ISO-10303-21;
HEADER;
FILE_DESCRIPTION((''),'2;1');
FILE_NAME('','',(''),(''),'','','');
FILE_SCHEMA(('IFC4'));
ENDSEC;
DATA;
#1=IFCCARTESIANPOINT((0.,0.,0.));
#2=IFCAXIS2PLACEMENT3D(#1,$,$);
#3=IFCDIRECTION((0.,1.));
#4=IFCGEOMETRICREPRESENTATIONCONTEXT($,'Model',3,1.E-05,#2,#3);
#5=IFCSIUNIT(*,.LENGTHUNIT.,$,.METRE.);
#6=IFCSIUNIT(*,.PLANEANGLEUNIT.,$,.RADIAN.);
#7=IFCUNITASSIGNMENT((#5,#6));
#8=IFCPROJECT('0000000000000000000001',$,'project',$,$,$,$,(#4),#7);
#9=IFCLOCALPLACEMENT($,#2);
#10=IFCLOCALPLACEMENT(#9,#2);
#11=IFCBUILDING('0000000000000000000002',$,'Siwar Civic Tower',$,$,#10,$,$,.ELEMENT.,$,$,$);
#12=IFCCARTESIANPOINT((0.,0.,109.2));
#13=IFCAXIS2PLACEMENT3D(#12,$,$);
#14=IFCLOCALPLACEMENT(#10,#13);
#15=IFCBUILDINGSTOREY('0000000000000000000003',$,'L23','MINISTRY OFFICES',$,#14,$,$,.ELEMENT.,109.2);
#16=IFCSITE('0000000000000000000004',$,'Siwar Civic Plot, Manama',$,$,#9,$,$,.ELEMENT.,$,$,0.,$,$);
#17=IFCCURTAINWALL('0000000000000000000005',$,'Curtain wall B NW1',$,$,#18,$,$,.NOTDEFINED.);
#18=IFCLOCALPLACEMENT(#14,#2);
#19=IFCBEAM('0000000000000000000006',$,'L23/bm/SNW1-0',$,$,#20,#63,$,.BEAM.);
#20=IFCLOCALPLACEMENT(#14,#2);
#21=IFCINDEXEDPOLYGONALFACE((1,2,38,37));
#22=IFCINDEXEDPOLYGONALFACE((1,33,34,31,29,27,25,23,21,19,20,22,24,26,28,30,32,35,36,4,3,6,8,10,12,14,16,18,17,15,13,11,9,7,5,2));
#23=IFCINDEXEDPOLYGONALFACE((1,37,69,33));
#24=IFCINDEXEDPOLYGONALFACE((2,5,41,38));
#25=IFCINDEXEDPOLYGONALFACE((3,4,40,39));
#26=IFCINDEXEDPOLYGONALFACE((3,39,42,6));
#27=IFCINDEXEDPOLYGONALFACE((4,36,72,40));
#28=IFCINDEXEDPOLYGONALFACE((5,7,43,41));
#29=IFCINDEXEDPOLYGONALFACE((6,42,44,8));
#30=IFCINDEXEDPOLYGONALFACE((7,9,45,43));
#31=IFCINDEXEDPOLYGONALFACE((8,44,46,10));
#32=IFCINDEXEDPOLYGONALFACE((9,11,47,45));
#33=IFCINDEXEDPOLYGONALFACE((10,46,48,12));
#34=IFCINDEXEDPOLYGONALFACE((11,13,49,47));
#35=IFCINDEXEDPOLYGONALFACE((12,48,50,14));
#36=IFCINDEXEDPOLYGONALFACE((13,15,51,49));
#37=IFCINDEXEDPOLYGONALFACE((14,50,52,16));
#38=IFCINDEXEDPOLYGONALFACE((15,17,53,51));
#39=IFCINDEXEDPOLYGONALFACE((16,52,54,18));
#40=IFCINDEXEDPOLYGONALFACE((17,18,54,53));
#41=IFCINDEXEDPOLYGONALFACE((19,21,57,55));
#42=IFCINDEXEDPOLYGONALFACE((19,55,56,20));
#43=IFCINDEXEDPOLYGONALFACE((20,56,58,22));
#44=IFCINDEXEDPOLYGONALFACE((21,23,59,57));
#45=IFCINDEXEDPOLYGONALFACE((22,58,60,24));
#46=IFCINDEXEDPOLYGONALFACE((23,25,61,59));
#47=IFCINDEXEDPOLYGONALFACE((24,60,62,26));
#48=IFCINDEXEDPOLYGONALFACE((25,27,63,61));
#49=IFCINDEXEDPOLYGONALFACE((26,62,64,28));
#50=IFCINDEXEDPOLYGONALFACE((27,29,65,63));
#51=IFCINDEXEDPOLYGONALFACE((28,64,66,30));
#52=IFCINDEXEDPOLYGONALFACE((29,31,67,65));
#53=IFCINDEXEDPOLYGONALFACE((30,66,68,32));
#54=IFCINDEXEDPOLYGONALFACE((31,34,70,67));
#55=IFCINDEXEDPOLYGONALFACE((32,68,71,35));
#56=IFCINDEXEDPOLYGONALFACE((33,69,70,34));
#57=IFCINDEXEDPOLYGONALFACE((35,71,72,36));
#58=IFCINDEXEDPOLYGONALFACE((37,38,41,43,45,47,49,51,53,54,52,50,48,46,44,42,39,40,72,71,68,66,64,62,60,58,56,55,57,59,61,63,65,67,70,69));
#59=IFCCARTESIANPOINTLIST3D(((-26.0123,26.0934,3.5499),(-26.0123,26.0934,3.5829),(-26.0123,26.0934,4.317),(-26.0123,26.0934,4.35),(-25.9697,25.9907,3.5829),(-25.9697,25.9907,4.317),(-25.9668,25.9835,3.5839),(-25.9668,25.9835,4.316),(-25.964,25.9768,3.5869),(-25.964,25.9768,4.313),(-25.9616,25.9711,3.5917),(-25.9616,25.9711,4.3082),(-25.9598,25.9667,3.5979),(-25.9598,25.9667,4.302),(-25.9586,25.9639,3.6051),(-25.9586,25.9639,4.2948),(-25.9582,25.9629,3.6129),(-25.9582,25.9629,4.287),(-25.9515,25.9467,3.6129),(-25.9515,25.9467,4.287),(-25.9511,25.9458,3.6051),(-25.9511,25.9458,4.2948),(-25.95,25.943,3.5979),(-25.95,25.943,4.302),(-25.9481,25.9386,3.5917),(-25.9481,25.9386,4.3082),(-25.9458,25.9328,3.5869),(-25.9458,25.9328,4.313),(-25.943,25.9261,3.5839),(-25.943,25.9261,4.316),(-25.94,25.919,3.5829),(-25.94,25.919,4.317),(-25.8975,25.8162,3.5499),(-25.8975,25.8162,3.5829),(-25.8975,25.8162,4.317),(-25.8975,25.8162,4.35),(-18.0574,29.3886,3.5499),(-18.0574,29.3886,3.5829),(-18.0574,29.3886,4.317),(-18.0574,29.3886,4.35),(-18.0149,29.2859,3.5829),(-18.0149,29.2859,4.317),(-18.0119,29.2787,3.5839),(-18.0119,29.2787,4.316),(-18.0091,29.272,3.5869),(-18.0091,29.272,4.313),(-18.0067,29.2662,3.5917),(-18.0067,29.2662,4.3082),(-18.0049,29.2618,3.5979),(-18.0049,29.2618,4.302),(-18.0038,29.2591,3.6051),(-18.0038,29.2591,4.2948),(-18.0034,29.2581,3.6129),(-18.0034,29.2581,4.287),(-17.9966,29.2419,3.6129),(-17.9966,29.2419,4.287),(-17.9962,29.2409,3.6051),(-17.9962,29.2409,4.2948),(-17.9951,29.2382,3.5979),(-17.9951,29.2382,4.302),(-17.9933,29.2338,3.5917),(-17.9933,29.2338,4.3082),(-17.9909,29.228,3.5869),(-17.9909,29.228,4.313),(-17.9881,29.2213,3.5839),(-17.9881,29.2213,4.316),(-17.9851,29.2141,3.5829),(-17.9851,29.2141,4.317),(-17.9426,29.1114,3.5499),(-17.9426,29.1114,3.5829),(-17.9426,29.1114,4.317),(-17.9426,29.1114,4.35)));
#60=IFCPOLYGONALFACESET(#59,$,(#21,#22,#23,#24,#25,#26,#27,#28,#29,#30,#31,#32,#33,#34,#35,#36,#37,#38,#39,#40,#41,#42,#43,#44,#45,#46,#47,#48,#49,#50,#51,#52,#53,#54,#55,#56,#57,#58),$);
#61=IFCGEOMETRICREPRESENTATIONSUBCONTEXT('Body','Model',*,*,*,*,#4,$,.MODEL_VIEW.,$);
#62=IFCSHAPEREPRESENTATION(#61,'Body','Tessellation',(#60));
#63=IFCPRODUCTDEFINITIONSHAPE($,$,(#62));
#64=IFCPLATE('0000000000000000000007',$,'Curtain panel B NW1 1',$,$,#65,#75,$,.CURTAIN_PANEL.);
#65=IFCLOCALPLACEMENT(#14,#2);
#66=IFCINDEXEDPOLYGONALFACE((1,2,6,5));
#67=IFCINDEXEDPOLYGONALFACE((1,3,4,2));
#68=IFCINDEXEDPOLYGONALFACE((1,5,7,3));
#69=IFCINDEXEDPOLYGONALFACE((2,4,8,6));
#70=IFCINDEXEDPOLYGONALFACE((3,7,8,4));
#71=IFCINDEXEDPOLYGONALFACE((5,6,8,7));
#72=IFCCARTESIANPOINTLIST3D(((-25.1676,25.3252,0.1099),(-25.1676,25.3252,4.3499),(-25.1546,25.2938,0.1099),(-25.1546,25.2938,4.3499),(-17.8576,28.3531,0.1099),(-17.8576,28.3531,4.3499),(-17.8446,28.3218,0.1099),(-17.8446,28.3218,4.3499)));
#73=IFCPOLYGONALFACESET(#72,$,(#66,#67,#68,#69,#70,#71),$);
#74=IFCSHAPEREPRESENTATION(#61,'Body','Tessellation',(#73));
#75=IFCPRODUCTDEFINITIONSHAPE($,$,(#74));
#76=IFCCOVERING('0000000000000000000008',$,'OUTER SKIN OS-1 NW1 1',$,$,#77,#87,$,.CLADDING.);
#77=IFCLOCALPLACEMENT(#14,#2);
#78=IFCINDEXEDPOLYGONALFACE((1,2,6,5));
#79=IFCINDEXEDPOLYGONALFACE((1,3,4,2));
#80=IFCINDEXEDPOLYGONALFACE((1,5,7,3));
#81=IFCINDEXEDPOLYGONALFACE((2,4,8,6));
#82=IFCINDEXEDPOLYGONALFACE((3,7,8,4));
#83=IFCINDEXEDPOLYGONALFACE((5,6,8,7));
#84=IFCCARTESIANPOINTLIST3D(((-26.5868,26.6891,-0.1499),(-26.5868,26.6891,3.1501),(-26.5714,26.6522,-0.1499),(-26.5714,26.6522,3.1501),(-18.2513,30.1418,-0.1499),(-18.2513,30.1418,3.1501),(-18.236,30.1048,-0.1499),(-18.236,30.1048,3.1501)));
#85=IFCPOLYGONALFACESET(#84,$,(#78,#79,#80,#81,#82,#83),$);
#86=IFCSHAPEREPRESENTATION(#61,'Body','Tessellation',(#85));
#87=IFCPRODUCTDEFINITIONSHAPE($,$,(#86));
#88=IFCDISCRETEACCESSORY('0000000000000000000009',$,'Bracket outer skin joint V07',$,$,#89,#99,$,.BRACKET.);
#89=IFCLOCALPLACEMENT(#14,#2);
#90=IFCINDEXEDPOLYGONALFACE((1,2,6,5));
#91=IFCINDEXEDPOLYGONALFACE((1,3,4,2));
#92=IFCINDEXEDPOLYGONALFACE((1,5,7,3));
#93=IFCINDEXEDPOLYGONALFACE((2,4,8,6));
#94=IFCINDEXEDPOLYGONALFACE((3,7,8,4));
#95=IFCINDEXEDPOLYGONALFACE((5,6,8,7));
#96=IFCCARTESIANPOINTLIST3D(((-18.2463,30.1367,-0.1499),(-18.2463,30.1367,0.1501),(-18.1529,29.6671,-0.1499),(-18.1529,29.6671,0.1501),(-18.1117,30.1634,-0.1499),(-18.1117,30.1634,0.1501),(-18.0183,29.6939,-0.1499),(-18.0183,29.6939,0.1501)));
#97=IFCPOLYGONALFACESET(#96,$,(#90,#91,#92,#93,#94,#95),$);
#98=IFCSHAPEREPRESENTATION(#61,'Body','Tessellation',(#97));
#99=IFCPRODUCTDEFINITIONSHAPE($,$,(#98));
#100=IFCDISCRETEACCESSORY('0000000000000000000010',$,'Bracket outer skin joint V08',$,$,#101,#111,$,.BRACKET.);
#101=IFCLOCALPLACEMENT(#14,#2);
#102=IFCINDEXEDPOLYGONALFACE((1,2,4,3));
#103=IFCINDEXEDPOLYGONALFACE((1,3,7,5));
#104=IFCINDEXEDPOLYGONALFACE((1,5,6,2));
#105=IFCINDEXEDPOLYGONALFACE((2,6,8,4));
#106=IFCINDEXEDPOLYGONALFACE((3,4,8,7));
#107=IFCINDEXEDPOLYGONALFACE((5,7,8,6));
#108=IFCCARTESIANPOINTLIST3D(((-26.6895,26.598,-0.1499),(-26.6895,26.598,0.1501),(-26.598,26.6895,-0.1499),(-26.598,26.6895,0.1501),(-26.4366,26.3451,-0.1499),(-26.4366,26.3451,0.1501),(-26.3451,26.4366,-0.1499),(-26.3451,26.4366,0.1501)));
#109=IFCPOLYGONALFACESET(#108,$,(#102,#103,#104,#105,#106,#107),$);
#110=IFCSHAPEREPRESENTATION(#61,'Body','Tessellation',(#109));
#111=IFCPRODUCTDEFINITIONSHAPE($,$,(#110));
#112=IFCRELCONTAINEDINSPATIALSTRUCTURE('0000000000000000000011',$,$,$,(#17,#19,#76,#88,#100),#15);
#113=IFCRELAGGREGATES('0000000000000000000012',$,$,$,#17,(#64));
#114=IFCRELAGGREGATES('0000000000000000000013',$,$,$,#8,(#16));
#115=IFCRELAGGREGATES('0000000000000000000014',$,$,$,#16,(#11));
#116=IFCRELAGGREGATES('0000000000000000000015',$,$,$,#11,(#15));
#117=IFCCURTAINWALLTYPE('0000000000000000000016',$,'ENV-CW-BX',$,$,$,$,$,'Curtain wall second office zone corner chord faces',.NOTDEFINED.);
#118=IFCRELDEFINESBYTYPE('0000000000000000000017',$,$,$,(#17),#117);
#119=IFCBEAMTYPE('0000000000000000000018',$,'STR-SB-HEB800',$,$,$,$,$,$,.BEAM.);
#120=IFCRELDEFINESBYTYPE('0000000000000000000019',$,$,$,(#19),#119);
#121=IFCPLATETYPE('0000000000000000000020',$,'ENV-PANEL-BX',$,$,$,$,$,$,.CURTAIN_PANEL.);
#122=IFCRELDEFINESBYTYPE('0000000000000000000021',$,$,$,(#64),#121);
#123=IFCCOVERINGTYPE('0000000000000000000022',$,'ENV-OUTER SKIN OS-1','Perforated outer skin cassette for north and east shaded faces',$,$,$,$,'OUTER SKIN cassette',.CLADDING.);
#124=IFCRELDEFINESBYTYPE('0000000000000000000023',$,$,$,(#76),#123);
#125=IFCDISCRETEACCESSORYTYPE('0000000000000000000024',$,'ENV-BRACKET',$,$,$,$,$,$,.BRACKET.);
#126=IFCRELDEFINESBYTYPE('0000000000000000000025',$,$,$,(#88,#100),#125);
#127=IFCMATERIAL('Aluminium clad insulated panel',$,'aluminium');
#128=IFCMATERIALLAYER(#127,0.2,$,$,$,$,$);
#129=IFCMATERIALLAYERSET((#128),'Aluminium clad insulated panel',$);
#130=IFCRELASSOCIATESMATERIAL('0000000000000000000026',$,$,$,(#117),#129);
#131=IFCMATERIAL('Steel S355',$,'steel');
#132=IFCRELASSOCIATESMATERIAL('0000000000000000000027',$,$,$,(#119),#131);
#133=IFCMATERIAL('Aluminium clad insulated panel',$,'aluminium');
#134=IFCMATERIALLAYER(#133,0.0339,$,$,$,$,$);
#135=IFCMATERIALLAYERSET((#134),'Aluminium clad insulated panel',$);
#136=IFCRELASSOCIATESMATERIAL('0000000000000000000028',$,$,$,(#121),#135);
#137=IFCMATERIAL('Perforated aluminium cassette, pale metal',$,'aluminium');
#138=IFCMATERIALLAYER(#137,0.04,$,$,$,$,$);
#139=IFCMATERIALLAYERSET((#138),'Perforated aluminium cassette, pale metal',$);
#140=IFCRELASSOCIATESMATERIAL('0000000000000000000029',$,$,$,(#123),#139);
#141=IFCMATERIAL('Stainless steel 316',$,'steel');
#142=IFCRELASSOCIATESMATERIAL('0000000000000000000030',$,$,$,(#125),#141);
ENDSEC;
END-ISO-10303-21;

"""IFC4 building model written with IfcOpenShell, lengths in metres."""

from ifc_helpers import new_model, si_unit, direction, frame, origin, origin_2d, place, context, subcontext, project, spatial, rectangle, i_section, extrude, material, layer, layer_set, material_profile, profile_set, type_object, element, aggregate, save


model = new_model("IFC4")

# Units and contexts
model_context = context("Model", 3, precision=1e-05, world=origin(), true_north=direction((0.0, 1.0)))
body_context = subcontext(model_context, "Body", "Model", "MODEL_VIEW")
ifc_project = project(units=[si_unit("LENGTHUNIT", "METRE"), si_unit("PLANEANGLEUNIT", "RADIAN")], contexts=[model_context])

# Site, building, storey
site_placement = place(None, origin())
site = spatial("IfcSite", under=ifc_project, at=site_placement, Name="Siwar Civic Plot, Manama", CompositionType="ELEMENT", RefElevation=0.0)
building_placement = place(site_placement, origin())
building = spatial("IfcBuilding", under=site, at=building_placement, Name="Siwar Civic Tower", CompositionType="ELEMENT")
storey_placement = place(building_placement, frame((0.0, 0.0, 109.2)))
storey = spatial("IfcBuildingStorey", under=building, at=storey_placement, Name="L23", Description="MINISTRY OFFICES", CompositionType="ELEMENT", Elevation=109.2)

# Curtain wall
ifc_material_1 = material(Name="Aluminium clad insulated panel", Category="aluminium")
ifc_layer_1 = layer(ifc_material_1, 0.2)
ifc_layer_set_1 = layer_set([ifc_layer_1], Name="Aluminium clad insulated panel")
curtain_wall_type = type_object("IfcCurtainWallType", Name="ENV-CW-BX", ElementType="Curtain wall second office zone corner chord faces", PredefinedType="NOTDEFINED", material=ifc_layer_set_1)
curtain_wall_placement = place(storey_placement, origin())
curtain_wall = element("IfcCurtainWall", 1, at=curtain_wall_placement, inside=storey, type_object=curtain_wall_type, Name="Curtain wall B NW1", PredefinedType="NOTDEFINED")

# Beam
ifc_material_2 = material(Name="Steel S355", Category="steel")
ifc_material_profile_1 = material_profile(ifc_material_2, i_section(OverallWidth=0.3, OverallDepth=0.8, WebThickness=0.0176, FlangeThickness=0.033, FilletRadius=0.03, at=origin_2d()), Name="HEB800")
ifc_profile_set_1 = profile_set([ifc_material_profile_1], Name="Steel S355")
beam_type_1 = type_object("IfcBeamType", Name="STR-SB-HEB800", PredefinedType="BEAM", material=ifc_profile_set_1)
beam_1_placement = place(storey_placement, frame((-18.0, 29.25, 3.95), z_axis=(-0.923873, -0.3827, 0.0), x_axis=(0.3827, -0.923873, 0.0)))
element("IfcBeam", 2, at=beam_1_placement, inside=storey, type_object=beam_type_1, Name="L23/bm/SNW1-0", PredefinedType="BEAM", context=body_context, shape_type="SweptSolid", body=[
    extrude(i_section(OverallWidth=0.3, OverallDepth=0.8, WebThickness=0.0176, FlangeThickness=0.033, FilletRadius=0.03, at=origin_2d()), origin(), (0.0, 0.0, 1.0), 8.6104),
])

# Plate
ifc_material_3 = material(Name="Aluminium clad insulated panel", Category="aluminium")
ifc_layer_2 = layer(ifc_material_3, 0.0339)
ifc_layer_set_2 = layer_set([ifc_layer_2], Name="Aluminium clad insulated panel")
plate_type = type_object("IfcPlateType", Name="ENV-PANEL-BX", PredefinedType="CURTAIN_PANEL", material=ifc_layer_set_2)
plate_placement = place(storey_placement, frame((-21.5061, 26.8235, 0.1099), z_axis=(0.0, 0.0, 1.0), x_axis=(-0.92388, -0.382683, 0.0)))
plate = element("IfcPlate", 3, at=plate_placement, type_object=plate_type, Name="Curtain panel B NW1 1", PredefinedType="CURTAIN_PANEL", context=body_context, shape_type="SweptSolid", body=[
    extrude(rectangle(XDim=7.9124, YDim=0.0339, at=origin_2d()), origin(), (0.0, 0.0, 1.0), 4.24),
])
aggregate(curtain_wall, [plate])

# Covering
ifc_material_4 = material(Name="Perforated aluminium cassette, pale metal", Category="aluminium")
ifc_layer_3 = layer(ifc_material_4, 0.04)
ifc_layer_set_3 = layer_set([ifc_layer_3], Name="Perforated aluminium cassette, pale metal")
covering_type = type_object("IfcCoveringType", Name="ENV-OUTER SKIN OS-1", Description="Perforated outer skin cassette for north and east shaded faces", ElementType="OUTER SKIN cassette", PredefinedType="CLADDING", material=ifc_layer_set_3)
covering_placement = place(storey_placement, frame((-22.4114, 28.397, -0.1499), z_axis=(0.0, 0.0, 1.0), x_axis=(-0.92388, -0.382683, 0.0)))
element("IfcCovering", 4, at=covering_placement, inside=storey, type_object=covering_type, Name="OUTER SKIN OS-1 NW1 1", PredefinedType="CLADDING", context=body_context, shape_type="SweptSolid", body=[
    extrude(rectangle(XDim=9.0222, YDim=0.04, at=origin_2d()), origin(), (0.0, 0.0, 1.0), 3.3),
])

# Discrete accessories
ifc_material_5 = material(Name="Stainless steel 316", Category="steel")
discrete_accessory_type = type_object("IfcDiscreteAccessoryType", Name="ENV-BRACKET", PredefinedType="BRACKET", material=ifc_material_5)
discrete_accessory_1_placement = place(storey_placement, frame((-18.1323, 29.9153, -0.1499), z_axis=(0.0, 0.0, 1.0), x_axis=(-0.19509, 0.980785, 0.0)))
element("IfcDiscreteAccessory", 5, at=discrete_accessory_1_placement, inside=storey, type_object=discrete_accessory_type, Name="Bracket outer skin joint V07", PredefinedType="BRACKET", context=body_context, shape_type="SweptSolid", body=[
    extrude(rectangle(XDim=0.4788, YDim=0.1372, at=origin_2d()), origin(), (0.0, 0.0, 1.0), 0.3),
])
discrete_accessory_2_placement = place(storey_placement, frame((-26.5173, 26.5173, -0.1499), z_axis=(0.0, 0.0, 1.0), x_axis=(-0.707107, 0.707107, 0.0)))
element("IfcDiscreteAccessory", 6, at=discrete_accessory_2_placement, inside=storey, type_object=discrete_accessory_type, Name="Bracket outer skin joint V08", PredefinedType="BRACKET", context=body_context, shape_type="SweptSolid", body=[
    extrude(rectangle(XDim=0.3577, YDim=0.1294, at=origin_2d()), origin(), (0.0, 0.0, 1.0), 0.3),
])

save(model, "model.ifc")
